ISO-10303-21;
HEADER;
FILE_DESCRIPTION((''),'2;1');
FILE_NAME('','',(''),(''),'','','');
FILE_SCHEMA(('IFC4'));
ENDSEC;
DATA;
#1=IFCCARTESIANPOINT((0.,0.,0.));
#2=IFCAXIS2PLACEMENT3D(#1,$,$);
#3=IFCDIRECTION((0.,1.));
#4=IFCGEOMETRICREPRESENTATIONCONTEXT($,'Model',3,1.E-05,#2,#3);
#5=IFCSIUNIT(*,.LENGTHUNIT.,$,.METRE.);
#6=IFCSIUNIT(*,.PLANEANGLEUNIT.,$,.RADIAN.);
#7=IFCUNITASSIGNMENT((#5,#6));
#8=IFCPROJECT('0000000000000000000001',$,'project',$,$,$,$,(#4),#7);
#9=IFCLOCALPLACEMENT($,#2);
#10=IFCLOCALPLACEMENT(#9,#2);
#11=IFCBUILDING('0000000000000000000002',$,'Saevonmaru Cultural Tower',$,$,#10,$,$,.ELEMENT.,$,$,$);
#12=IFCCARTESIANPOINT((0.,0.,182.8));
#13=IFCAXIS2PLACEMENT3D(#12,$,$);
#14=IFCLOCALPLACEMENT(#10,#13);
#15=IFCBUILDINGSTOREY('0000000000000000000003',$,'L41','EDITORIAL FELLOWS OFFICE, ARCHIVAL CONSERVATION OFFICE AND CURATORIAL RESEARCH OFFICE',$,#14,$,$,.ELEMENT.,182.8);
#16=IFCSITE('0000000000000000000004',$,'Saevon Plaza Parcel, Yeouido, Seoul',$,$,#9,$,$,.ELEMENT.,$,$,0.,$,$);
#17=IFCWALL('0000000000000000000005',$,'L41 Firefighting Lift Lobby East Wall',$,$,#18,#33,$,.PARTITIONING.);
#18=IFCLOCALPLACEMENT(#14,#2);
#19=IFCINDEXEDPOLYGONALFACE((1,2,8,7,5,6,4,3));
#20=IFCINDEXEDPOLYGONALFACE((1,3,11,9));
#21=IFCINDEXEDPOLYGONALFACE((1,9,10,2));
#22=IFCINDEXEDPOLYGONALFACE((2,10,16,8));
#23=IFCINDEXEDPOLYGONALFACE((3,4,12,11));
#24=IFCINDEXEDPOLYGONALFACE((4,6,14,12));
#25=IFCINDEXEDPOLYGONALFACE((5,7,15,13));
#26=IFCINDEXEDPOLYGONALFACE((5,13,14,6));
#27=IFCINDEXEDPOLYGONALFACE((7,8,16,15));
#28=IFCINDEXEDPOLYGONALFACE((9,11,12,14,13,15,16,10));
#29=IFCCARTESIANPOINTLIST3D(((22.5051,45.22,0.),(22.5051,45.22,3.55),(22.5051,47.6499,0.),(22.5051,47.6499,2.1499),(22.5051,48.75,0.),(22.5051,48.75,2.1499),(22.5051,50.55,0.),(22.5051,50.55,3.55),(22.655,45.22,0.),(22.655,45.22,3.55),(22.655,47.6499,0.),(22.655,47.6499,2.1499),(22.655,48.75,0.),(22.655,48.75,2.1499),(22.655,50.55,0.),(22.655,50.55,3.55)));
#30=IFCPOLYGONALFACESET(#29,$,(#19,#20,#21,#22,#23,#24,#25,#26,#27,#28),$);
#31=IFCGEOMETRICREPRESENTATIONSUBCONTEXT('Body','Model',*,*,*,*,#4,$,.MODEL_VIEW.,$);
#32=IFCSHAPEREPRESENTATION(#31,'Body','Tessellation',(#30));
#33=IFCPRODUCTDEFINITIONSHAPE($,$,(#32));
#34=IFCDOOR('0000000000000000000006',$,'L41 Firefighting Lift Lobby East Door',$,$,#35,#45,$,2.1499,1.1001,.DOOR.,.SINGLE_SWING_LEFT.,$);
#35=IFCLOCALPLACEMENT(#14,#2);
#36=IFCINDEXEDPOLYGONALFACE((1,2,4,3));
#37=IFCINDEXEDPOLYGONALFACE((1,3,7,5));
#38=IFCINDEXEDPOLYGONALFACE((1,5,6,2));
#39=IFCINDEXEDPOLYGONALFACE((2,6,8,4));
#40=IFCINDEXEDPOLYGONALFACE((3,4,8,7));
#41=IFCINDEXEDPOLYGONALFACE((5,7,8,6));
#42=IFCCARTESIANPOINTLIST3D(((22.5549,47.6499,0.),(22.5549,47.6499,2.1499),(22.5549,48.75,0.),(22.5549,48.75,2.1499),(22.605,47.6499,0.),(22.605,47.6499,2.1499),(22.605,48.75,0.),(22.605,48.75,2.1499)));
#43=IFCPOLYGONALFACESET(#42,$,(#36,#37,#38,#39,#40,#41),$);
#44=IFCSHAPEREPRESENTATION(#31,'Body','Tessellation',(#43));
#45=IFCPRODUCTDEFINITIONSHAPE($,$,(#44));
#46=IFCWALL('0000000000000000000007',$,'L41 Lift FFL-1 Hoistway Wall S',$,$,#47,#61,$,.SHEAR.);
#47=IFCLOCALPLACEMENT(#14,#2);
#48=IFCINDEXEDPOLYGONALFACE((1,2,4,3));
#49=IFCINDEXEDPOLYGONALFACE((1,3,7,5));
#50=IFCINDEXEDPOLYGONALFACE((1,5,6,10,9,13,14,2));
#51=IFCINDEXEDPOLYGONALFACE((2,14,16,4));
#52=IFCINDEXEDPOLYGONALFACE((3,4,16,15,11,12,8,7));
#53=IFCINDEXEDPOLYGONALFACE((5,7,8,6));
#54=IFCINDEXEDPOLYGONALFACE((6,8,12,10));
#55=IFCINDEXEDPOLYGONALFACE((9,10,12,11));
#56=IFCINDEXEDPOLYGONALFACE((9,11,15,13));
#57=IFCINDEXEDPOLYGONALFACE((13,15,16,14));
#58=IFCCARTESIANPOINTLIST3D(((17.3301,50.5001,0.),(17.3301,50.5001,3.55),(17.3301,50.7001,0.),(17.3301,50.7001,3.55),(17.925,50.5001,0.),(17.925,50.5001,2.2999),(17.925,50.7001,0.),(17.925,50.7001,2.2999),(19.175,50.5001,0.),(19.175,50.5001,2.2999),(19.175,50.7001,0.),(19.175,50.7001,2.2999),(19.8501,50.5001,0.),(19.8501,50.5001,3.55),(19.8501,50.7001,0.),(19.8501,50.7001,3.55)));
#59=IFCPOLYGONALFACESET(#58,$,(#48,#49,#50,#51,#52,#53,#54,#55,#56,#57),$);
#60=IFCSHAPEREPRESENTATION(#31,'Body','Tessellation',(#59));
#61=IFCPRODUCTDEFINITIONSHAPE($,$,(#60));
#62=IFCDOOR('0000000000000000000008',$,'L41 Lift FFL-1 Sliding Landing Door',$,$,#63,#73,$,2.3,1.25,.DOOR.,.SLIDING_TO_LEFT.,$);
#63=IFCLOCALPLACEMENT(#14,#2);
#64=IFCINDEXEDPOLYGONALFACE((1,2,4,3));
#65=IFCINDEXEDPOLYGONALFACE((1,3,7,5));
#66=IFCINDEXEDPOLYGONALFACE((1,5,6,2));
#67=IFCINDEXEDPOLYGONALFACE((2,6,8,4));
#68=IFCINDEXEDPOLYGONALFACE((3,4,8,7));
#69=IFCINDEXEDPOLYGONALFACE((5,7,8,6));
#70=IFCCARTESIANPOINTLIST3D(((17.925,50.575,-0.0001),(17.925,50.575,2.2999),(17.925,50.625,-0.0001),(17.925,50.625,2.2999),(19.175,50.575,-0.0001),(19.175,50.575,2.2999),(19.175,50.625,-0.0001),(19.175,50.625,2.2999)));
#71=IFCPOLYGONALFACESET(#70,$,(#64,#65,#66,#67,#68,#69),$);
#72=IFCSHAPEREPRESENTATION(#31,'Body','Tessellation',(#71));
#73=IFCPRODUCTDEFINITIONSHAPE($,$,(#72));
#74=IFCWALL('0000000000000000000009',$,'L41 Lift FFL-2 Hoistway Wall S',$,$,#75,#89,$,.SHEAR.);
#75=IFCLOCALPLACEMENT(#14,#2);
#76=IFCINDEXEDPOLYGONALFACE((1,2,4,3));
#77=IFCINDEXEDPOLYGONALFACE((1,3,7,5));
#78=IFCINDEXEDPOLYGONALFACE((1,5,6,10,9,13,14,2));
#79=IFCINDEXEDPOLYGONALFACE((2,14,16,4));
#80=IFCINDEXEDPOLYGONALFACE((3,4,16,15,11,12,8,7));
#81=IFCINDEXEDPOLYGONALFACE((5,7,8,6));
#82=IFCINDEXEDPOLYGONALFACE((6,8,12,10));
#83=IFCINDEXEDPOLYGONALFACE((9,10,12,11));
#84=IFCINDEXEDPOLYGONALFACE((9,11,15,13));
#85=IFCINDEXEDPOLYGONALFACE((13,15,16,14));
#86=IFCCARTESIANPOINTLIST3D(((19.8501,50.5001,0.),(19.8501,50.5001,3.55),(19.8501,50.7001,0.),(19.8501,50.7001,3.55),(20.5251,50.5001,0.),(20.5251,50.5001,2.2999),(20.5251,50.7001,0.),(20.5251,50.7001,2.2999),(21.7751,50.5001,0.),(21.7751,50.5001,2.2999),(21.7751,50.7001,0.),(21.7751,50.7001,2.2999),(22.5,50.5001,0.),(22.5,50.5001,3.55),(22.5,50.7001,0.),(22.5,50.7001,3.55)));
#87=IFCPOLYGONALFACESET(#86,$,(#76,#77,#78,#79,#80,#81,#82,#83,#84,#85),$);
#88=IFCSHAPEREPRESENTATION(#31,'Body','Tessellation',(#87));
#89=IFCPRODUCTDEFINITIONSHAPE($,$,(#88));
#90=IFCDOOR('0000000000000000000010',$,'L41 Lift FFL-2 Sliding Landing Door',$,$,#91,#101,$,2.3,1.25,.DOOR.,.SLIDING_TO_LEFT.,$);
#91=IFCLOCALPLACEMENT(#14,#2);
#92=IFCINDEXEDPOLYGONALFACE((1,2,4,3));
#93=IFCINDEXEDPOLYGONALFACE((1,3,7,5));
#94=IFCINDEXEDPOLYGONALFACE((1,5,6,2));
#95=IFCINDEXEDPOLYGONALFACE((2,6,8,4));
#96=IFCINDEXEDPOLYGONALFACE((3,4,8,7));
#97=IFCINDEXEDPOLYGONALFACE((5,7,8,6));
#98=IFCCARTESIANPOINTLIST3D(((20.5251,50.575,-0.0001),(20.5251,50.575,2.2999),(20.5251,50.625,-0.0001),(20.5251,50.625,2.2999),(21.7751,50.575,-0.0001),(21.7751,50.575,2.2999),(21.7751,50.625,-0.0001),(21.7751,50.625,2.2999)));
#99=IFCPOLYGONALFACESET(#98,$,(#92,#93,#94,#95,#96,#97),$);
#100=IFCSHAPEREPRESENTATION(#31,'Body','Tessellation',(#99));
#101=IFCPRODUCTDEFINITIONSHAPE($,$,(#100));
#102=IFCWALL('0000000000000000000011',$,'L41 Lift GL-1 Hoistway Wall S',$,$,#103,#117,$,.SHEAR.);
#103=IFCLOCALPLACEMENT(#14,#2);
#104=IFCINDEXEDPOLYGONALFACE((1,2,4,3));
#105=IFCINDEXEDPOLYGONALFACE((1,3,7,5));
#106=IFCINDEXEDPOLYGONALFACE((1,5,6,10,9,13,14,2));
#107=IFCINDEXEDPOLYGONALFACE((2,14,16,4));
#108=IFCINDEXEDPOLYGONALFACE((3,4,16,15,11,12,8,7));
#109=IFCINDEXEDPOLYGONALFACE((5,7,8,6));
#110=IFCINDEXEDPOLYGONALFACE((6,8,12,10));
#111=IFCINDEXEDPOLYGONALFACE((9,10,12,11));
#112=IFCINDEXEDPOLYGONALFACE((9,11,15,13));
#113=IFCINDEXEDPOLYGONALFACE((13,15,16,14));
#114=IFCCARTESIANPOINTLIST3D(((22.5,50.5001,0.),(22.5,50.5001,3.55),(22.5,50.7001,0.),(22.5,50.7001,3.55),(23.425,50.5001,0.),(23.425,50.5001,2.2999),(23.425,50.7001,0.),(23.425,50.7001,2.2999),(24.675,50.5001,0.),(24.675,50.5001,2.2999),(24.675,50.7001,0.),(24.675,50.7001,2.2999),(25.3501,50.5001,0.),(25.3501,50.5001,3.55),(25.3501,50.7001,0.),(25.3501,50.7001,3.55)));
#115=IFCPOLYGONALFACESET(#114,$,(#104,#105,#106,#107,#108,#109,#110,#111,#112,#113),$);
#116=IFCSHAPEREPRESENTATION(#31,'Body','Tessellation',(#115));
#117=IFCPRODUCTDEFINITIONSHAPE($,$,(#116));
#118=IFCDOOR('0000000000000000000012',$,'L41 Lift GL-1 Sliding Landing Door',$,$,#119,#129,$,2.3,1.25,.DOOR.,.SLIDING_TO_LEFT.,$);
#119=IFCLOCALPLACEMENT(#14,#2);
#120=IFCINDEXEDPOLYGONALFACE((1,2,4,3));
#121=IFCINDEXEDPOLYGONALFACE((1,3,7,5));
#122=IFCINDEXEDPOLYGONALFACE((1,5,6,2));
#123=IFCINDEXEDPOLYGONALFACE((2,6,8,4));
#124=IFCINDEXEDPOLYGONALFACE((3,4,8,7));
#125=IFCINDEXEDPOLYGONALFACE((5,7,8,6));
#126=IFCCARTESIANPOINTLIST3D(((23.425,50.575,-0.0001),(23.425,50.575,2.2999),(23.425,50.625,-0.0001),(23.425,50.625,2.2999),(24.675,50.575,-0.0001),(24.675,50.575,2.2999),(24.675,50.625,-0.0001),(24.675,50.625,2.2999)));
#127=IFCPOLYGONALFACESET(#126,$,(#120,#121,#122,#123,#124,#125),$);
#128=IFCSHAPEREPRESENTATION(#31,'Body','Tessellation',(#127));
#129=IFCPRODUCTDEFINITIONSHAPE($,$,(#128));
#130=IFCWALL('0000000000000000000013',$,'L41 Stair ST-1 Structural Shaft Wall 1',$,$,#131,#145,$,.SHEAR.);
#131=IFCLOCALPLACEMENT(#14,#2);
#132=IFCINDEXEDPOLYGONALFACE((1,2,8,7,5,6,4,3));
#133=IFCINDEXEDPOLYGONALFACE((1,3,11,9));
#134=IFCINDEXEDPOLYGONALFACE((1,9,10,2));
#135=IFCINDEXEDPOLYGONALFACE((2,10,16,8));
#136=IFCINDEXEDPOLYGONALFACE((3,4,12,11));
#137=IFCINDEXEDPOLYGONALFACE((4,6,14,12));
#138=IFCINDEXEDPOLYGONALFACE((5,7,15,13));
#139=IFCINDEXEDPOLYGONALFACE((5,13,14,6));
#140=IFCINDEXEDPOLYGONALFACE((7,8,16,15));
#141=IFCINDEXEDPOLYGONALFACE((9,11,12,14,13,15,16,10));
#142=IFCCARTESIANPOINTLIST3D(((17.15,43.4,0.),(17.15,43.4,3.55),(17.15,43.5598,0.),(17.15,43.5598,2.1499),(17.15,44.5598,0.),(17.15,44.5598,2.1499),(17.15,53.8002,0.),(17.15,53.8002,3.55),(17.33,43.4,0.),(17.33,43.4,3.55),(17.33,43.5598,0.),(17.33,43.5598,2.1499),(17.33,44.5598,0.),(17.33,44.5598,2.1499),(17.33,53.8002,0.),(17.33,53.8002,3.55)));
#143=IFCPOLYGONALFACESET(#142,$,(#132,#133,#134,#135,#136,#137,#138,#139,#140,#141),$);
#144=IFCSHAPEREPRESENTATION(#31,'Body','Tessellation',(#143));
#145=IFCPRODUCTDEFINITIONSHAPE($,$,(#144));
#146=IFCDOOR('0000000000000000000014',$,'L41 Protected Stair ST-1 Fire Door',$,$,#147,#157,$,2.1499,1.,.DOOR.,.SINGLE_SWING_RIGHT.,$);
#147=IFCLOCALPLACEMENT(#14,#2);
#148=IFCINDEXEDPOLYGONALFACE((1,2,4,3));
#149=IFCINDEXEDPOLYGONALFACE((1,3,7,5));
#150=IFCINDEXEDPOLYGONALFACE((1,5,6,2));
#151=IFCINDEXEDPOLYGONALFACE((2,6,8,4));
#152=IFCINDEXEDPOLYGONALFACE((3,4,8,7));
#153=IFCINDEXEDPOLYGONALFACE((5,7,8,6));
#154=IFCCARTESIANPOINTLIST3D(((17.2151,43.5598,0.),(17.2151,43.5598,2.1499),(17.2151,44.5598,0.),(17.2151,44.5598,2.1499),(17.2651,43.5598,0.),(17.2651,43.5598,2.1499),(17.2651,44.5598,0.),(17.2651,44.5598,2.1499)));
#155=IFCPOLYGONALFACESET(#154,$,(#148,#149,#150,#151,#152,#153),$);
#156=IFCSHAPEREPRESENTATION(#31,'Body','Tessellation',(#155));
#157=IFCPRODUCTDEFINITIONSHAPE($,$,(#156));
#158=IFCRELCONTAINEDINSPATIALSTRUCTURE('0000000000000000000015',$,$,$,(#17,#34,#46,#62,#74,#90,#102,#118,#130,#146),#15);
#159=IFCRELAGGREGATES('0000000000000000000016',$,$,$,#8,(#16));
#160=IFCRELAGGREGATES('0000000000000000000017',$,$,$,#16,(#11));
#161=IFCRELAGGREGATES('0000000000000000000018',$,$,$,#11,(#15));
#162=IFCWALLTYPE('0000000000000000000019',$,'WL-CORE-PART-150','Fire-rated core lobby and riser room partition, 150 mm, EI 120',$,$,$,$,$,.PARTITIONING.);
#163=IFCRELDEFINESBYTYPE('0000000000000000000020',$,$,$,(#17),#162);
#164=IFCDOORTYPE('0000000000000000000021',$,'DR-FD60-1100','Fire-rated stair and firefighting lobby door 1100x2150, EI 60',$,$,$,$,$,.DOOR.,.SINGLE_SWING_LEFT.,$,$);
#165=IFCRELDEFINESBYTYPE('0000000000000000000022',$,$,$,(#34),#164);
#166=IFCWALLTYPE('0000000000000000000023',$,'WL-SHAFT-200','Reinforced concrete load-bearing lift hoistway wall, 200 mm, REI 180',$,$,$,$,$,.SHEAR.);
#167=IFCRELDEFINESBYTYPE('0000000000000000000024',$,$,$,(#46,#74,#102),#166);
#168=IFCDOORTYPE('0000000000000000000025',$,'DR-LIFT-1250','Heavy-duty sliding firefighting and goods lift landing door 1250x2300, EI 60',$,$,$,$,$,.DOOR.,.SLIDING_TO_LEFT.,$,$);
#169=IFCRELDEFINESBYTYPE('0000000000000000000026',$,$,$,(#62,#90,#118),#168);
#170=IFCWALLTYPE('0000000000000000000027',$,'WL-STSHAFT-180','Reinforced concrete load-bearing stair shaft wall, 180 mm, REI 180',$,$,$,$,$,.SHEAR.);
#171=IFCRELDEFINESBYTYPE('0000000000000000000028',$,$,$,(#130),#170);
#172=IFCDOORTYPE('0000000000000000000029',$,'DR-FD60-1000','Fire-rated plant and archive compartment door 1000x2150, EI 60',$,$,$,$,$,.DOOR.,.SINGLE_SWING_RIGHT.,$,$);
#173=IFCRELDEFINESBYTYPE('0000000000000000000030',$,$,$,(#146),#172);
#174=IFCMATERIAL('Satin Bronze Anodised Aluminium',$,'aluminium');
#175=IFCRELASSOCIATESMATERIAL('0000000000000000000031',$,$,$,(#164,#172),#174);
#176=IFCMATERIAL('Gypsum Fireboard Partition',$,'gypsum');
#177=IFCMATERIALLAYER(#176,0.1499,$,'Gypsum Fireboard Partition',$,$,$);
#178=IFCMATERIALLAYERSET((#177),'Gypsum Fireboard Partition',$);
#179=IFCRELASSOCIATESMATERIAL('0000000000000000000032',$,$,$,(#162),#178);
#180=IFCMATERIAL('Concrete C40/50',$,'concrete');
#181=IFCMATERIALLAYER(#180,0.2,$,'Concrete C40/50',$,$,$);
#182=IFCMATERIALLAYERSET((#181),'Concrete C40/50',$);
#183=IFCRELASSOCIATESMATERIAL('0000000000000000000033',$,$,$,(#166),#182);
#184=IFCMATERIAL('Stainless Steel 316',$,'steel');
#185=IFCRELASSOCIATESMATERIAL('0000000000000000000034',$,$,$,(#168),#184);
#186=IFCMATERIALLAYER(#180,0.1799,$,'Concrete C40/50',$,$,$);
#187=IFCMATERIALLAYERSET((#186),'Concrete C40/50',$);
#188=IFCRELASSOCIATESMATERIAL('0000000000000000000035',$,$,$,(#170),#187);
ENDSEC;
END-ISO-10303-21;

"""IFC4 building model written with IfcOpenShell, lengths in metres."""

from ifc_helpers import new_model, si_unit, direction, frame, frame_2d, origin, place, context, subcontext, project, spatial, rectangle, extrude, material, layer, layer_set, type_object, element, fill, save


model = new_model("IFC4")

# Units and contexts
model_context = context("Model", 3, precision=1e-05, world=origin(), true_north=direction((0.0, 1.0)))
body_context = subcontext(model_context, "Body", "Model", "MODEL_VIEW")
ifc_project = project(units=[si_unit("LENGTHUNIT", "METRE"), si_unit("PLANEANGLEUNIT", "RADIAN")], contexts=[model_context])

# Site, building, storey
site_placement = place(None, origin())
site = spatial("IfcSite", under=ifc_project, at=site_placement, Name="Saevon Plaza Parcel, Yeouido, Seoul", CompositionType="ELEMENT", RefElevation=0.0)
building_placement = place(site_placement, origin())
building = spatial("IfcBuilding", under=site, at=building_placement, Name="Saevonmaru Cultural Tower", CompositionType="ELEMENT")
storey_placement = place(building_placement, frame((0.0, 0.0, 182.8)))
storey = spatial("IfcBuildingStorey", under=building, at=storey_placement, Name="L41", Description="EDITORIAL FELLOWS OFFICE, ARCHIVAL CONSERVATION OFFICE AND CURATORIAL RESEARCH OFFICE", CompositionType="ELEMENT", Elevation=182.8)

# Shared definitions
ifc_material_1 = material(Name="Satin Bronze Anodised Aluminium", Category="aluminium")
door_type_1 = type_object("IfcDoorType", Name="DR-FD60-1100", Description="Fire-rated stair and firefighting lobby door 1100x2150, EI 60", OperationType="SINGLE_SWING_LEFT", PredefinedType="DOOR", material=ifc_material_1)

# Walls, openings, doors
ifc_material_2 = material(Name="Gypsum Fireboard Partition", Category="gypsum")
ifc_layer_1 = layer(ifc_material_2, 0.1499, Name="Gypsum Fireboard Partition")
ifc_layer_set_1 = layer_set([ifc_layer_1], Name="Gypsum Fireboard Partition")
wall_type_1 = type_object("IfcWallType", Name="WL-CORE-PART-150", Description="Fire-rated core lobby and riser room partition, 150 mm, EI 120", PredefinedType="PARTITIONING", material=ifc_layer_set_1)
wall_1_placement = place(storey_placement, frame((22.5801, 50.55, 0.0), z_axis=(0.0, 0.0, 1.0), x_axis=(0.0, -1.0, 0.0)))
wall_1 = element("IfcWall", 1, at=wall_1_placement, inside=storey, type_object=wall_type_1, Name="L41 Firefighting Lift Lobby East Wall", PredefinedType="PARTITIONING", context=body_context, shape_type="SweptSolid", body=[
    extrude(rectangle(XDim=5.3301, YDim=0.1499, at=frame_2d((2.665, 0.0))), origin(), (0.0, 0.0, 1.0), 3.55),
])
opening_1_placement = place(wall_1_placement, frame((1.8, 0.0, 0.0)))
opening_1 = element("IfcOpeningElement", 2, at=opening_1_placement, cuts=wall_1, PredefinedType="OPENING", context=body_context, shape_type="SweptSolid", body=[
    extrude(rectangle(XDim=1.1001, YDim=2.1499, at=frame_2d((0.55, 1.075))), frame((0.0, 0.085, 0.0), z_axis=(0.0, -1.0, 0.0), x_axis=(1.0, 0.0, 0.0)), (0.0, 0.0, 1.0), 0.1699),
])
door_1_placement = place(opening_1_placement, origin())
door_1 = element("IfcDoor", 3, at=door_1_placement, inside=storey, type_object=door_type_1, Name="L41 Firefighting Lift Lobby East Door", OperationType="SINGLE_SWING_LEFT", OverallHeight=2.1499, OverallWidth=1.1001, PredefinedType="DOOR", context=body_context, shape_type="SweptSolid", body=[
    extrude(rectangle(XDim=1.1001, YDim=2.1499, at=frame_2d((0.55, 1.075))), frame((0.0, 0.0249, 0.0), z_axis=(0.0, -1.0, 0.0), x_axis=(1.0, 0.0, 0.0)), (0.0, 0.0, 1.0), 0.05),
])
fill(opening_1, door_1)
ifc_material_3 = material(Name="Concrete C40/50", Category="concrete")
ifc_layer_2 = layer(ifc_material_3, 0.2, Name="Concrete C40/50")
ifc_layer_set_2 = layer_set([ifc_layer_2], Name="Concrete C40/50")
wall_type_2 = type_object("IfcWallType", Name="WL-SHAFT-200", Description="Reinforced concrete load-bearing lift hoistway wall, 200 mm, REI 180", PredefinedType="SHEAR", material=ifc_layer_set_2)
wall_2_placement = place(storey_placement, frame((17.3301, 50.6001, 0.0), z_axis=(0.0, 0.0, 1.0), x_axis=(1.0, 0.0, 0.0)))
wall_2 = element("IfcWall", 4, at=wall_2_placement, inside=storey, type_object=wall_type_2, Name="L41 Lift FFL-1 Hoistway Wall S", PredefinedType="SHEAR", context=body_context, shape_type="SweptSolid", body=[
    extrude(rectangle(XDim=2.52, YDim=0.2, at=frame_2d((1.26, 0.0))), origin(), (0.0, 0.0, 1.0), 3.55),
])
opening_2_placement = place(wall_2_placement, frame((0.595, 0.0, 0.0)))
opening_2 = element("IfcOpeningElement", 5, at=opening_2_placement, cuts=wall_2, PredefinedType="OPENING", context=body_context, shape_type="SweptSolid", body=[
    extrude(rectangle(XDim=1.25, YDim=2.3, at=frame_2d((0.625, 1.1499))), frame((0.0, 0.1099, 0.0), z_axis=(0.0, -1.0, 0.0), x_axis=(1.0, 0.0, 0.0)), (0.0, 0.0, 1.0), 0.22),
])
ifc_material_4 = material(Name="Stainless Steel 316", Category="steel")
door_type_2 = type_object("IfcDoorType", Name="DR-LIFT-1250", Description="Heavy-duty sliding firefighting and goods lift landing door 1250x2300, EI 60", OperationType="SLIDING_TO_LEFT", PredefinedType="DOOR", material=ifc_material_4)
door_2_placement = place(opening_2_placement, origin())
door_2 = element("IfcDoor", 6, at=door_2_placement, inside=storey, type_object=door_type_2, Name="L41 Lift FFL-1 Sliding Landing Door", OperationType="SLIDING_TO_LEFT", OverallHeight=2.3, OverallWidth=1.25, PredefinedType="DOOR", context=body_context, shape_type="SweptSolid", body=[
    extrude(rectangle(XDim=1.25, YDim=2.3, at=frame_2d((0.625, 1.1499))), frame((0.0, 0.0249, 0.0), z_axis=(0.0, -1.0, 0.0), x_axis=(1.0, 0.0, 0.0)), (0.0, 0.0, 1.0), 0.05),
])
fill(opening_2, door_2)
wall_3_placement = place(storey_placement, frame((19.8501, 50.6001, 0.0), z_axis=(0.0, 0.0, 1.0), x_axis=(1.0, 0.0, 0.0)))
wall_3 = element("IfcWall", 7, at=wall_3_placement, inside=storey, type_object=wall_type_2, Name="L41 Lift FFL-2 Hoistway Wall S", PredefinedType="SHEAR", context=body_context, shape_type="SweptSolid", body=[
    extrude(rectangle(XDim=2.6499, YDim=0.2, at=frame_2d((1.325, 0.0))), origin(), (0.0, 0.0, 1.0), 3.55),
])
opening_3_placement = place(wall_3_placement, frame((0.675, 0.0, 0.0)))
opening_3 = element("IfcOpeningElement", 8, at=opening_3_placement, cuts=wall_3, PredefinedType="OPENING", context=body_context, shape_type="SweptSolid", body=[
    extrude(rectangle(XDim=1.25, YDim=2.3, at=frame_2d((0.625, 1.1499))), frame((0.0, 0.1099, 0.0), z_axis=(0.0, -1.0, 0.0), x_axis=(1.0, 0.0, 0.0)), (0.0, 0.0, 1.0), 0.22),
])
door_3_placement = place(opening_3_placement, origin())
door_3 = element("IfcDoor", 9, at=door_3_placement, inside=storey, type_object=door_type_2, Name="L41 Lift FFL-2 Sliding Landing Door", OperationType="SLIDING_TO_LEFT", OverallHeight=2.3, OverallWidth=1.25, PredefinedType="DOOR", context=body_context, shape_type="SweptSolid", body=[
    extrude(rectangle(XDim=1.25, YDim=2.3, at=frame_2d((0.625, 1.1499))), frame((0.0, 0.0249, 0.0), z_axis=(0.0, -1.0, 0.0), x_axis=(1.0, 0.0, 0.0)), (0.0, 0.0, 1.0), 0.05),
])
fill(opening_3, door_3)
wall_4_placement = place(storey_placement, frame((22.5, 50.6001, 0.0), z_axis=(0.0, 0.0, 1.0), x_axis=(1.0, 0.0, 0.0)))
wall_4 = element("IfcWall", 10, at=wall_4_placement, inside=storey, type_object=wall_type_2, Name="L41 Lift GL-1 Hoistway Wall S", PredefinedType="SHEAR", context=body_context, shape_type="SweptSolid", body=[
    extrude(rectangle(XDim=2.8501, YDim=0.2, at=frame_2d((1.425, 0.0))), origin(), (0.0, 0.0, 1.0), 3.55),
])
opening_4_placement = place(wall_4_placement, frame((0.925, 0.0, 0.0)))
opening_4 = element("IfcOpeningElement", 11, at=opening_4_placement, cuts=wall_4, PredefinedType="OPENING", context=body_context, shape_type="SweptSolid", body=[
    extrude(rectangle(XDim=1.25, YDim=2.3, at=frame_2d((0.625, 1.1499))), frame((0.0, 0.1099, 0.0), z_axis=(0.0, -1.0, 0.0), x_axis=(1.0, 0.0, 0.0)), (0.0, 0.0, 1.0), 0.22),
])
door_4_placement = place(opening_4_placement, origin())
door_4 = element("IfcDoor", 12, at=door_4_placement, inside=storey, type_object=door_type_2, Name="L41 Lift GL-1 Sliding Landing Door", OperationType="SLIDING_TO_LEFT", OverallHeight=2.3, OverallWidth=1.25, PredefinedType="DOOR", context=body_context, shape_type="SweptSolid", body=[
    extrude(rectangle(XDim=1.25, YDim=2.3, at=frame_2d((0.625, 1.1499))), frame((0.0, 0.0249, 0.0), z_axis=(0.0, -1.0, 0.0), x_axis=(1.0, 0.0, 0.0)), (0.0, 0.0, 1.0), 0.05),
])
fill(opening_4, door_4)
ifc_layer_3 = layer(ifc_material_3, 0.1799, Name="Concrete C40/50")
ifc_layer_set_3 = layer_set([ifc_layer_3], Name="Concrete C40/50")
wall_type_3 = type_object("IfcWallType", Name="WL-STSHAFT-180", Description="Reinforced concrete load-bearing stair shaft wall, 180 mm, REI 180", PredefinedType="SHEAR", material=ifc_layer_set_3)
wall_5_placement = place(storey_placement, frame((17.24, 43.3999, 0.0), z_axis=(0.0, 0.0, 1.0), x_axis=(0.0, 1.0, 0.0)))
wall_5 = element("IfcWall", 13, at=wall_5_placement, inside=storey, type_object=wall_type_3, Name="L41 Stair ST-1 Structural Shaft Wall 1", PredefinedType="SHEAR", context=body_context, shape_type="SweptSolid", body=[
    extrude(rectangle(XDim=10.4001, YDim=0.1799, at=frame_2d((5.2002, 0.0))), origin(), (0.0, 0.0, 1.0), 3.55),
])
opening_5_placement = place(wall_5_placement, frame((0.1599, 0.0, 0.0)))
opening_5 = element("IfcOpeningElement", 14, at=opening_5_placement, cuts=wall_5, PredefinedType="OPENING", context=body_context, shape_type="SweptSolid", body=[
    extrude(rectangle(XDim=1.0, YDim=2.1499, at=frame_2d((0.5, 1.075))), frame((0.0, 0.1001, 0.0), z_axis=(0.0, -1.0, 0.0), x_axis=(1.0, 0.0, 0.0)), (0.0, 0.0, 1.0), 0.2),
])
door_type_3 = type_object("IfcDoorType", Name="DR-FD60-1000", Description="Fire-rated plant and archive compartment door 1000x2150, EI 60", OperationType="SINGLE_SWING_RIGHT", PredefinedType="DOOR", material=ifc_material_1)
door_5_placement = place(opening_5_placement, origin())
door_5 = element("IfcDoor", 15, at=door_5_placement, inside=storey, type_object=door_type_3, Name="L41 Protected Stair ST-1 Fire Door", OperationType="SINGLE_SWING_RIGHT", OverallHeight=2.1499, OverallWidth=1.0, PredefinedType="DOOR", context=body_context, shape_type="SweptSolid", body=[
    extrude(rectangle(XDim=1.0, YDim=2.1499, at=frame_2d((0.5, 1.075))), frame((0.0, 0.0249, 0.0), z_axis=(0.0, -1.0, 0.0), x_axis=(1.0, 0.0, 0.0)), (0.0, 0.0, 1.0), 0.05),
])
fill(opening_5, door_5)

save(model, "model.ifc")
